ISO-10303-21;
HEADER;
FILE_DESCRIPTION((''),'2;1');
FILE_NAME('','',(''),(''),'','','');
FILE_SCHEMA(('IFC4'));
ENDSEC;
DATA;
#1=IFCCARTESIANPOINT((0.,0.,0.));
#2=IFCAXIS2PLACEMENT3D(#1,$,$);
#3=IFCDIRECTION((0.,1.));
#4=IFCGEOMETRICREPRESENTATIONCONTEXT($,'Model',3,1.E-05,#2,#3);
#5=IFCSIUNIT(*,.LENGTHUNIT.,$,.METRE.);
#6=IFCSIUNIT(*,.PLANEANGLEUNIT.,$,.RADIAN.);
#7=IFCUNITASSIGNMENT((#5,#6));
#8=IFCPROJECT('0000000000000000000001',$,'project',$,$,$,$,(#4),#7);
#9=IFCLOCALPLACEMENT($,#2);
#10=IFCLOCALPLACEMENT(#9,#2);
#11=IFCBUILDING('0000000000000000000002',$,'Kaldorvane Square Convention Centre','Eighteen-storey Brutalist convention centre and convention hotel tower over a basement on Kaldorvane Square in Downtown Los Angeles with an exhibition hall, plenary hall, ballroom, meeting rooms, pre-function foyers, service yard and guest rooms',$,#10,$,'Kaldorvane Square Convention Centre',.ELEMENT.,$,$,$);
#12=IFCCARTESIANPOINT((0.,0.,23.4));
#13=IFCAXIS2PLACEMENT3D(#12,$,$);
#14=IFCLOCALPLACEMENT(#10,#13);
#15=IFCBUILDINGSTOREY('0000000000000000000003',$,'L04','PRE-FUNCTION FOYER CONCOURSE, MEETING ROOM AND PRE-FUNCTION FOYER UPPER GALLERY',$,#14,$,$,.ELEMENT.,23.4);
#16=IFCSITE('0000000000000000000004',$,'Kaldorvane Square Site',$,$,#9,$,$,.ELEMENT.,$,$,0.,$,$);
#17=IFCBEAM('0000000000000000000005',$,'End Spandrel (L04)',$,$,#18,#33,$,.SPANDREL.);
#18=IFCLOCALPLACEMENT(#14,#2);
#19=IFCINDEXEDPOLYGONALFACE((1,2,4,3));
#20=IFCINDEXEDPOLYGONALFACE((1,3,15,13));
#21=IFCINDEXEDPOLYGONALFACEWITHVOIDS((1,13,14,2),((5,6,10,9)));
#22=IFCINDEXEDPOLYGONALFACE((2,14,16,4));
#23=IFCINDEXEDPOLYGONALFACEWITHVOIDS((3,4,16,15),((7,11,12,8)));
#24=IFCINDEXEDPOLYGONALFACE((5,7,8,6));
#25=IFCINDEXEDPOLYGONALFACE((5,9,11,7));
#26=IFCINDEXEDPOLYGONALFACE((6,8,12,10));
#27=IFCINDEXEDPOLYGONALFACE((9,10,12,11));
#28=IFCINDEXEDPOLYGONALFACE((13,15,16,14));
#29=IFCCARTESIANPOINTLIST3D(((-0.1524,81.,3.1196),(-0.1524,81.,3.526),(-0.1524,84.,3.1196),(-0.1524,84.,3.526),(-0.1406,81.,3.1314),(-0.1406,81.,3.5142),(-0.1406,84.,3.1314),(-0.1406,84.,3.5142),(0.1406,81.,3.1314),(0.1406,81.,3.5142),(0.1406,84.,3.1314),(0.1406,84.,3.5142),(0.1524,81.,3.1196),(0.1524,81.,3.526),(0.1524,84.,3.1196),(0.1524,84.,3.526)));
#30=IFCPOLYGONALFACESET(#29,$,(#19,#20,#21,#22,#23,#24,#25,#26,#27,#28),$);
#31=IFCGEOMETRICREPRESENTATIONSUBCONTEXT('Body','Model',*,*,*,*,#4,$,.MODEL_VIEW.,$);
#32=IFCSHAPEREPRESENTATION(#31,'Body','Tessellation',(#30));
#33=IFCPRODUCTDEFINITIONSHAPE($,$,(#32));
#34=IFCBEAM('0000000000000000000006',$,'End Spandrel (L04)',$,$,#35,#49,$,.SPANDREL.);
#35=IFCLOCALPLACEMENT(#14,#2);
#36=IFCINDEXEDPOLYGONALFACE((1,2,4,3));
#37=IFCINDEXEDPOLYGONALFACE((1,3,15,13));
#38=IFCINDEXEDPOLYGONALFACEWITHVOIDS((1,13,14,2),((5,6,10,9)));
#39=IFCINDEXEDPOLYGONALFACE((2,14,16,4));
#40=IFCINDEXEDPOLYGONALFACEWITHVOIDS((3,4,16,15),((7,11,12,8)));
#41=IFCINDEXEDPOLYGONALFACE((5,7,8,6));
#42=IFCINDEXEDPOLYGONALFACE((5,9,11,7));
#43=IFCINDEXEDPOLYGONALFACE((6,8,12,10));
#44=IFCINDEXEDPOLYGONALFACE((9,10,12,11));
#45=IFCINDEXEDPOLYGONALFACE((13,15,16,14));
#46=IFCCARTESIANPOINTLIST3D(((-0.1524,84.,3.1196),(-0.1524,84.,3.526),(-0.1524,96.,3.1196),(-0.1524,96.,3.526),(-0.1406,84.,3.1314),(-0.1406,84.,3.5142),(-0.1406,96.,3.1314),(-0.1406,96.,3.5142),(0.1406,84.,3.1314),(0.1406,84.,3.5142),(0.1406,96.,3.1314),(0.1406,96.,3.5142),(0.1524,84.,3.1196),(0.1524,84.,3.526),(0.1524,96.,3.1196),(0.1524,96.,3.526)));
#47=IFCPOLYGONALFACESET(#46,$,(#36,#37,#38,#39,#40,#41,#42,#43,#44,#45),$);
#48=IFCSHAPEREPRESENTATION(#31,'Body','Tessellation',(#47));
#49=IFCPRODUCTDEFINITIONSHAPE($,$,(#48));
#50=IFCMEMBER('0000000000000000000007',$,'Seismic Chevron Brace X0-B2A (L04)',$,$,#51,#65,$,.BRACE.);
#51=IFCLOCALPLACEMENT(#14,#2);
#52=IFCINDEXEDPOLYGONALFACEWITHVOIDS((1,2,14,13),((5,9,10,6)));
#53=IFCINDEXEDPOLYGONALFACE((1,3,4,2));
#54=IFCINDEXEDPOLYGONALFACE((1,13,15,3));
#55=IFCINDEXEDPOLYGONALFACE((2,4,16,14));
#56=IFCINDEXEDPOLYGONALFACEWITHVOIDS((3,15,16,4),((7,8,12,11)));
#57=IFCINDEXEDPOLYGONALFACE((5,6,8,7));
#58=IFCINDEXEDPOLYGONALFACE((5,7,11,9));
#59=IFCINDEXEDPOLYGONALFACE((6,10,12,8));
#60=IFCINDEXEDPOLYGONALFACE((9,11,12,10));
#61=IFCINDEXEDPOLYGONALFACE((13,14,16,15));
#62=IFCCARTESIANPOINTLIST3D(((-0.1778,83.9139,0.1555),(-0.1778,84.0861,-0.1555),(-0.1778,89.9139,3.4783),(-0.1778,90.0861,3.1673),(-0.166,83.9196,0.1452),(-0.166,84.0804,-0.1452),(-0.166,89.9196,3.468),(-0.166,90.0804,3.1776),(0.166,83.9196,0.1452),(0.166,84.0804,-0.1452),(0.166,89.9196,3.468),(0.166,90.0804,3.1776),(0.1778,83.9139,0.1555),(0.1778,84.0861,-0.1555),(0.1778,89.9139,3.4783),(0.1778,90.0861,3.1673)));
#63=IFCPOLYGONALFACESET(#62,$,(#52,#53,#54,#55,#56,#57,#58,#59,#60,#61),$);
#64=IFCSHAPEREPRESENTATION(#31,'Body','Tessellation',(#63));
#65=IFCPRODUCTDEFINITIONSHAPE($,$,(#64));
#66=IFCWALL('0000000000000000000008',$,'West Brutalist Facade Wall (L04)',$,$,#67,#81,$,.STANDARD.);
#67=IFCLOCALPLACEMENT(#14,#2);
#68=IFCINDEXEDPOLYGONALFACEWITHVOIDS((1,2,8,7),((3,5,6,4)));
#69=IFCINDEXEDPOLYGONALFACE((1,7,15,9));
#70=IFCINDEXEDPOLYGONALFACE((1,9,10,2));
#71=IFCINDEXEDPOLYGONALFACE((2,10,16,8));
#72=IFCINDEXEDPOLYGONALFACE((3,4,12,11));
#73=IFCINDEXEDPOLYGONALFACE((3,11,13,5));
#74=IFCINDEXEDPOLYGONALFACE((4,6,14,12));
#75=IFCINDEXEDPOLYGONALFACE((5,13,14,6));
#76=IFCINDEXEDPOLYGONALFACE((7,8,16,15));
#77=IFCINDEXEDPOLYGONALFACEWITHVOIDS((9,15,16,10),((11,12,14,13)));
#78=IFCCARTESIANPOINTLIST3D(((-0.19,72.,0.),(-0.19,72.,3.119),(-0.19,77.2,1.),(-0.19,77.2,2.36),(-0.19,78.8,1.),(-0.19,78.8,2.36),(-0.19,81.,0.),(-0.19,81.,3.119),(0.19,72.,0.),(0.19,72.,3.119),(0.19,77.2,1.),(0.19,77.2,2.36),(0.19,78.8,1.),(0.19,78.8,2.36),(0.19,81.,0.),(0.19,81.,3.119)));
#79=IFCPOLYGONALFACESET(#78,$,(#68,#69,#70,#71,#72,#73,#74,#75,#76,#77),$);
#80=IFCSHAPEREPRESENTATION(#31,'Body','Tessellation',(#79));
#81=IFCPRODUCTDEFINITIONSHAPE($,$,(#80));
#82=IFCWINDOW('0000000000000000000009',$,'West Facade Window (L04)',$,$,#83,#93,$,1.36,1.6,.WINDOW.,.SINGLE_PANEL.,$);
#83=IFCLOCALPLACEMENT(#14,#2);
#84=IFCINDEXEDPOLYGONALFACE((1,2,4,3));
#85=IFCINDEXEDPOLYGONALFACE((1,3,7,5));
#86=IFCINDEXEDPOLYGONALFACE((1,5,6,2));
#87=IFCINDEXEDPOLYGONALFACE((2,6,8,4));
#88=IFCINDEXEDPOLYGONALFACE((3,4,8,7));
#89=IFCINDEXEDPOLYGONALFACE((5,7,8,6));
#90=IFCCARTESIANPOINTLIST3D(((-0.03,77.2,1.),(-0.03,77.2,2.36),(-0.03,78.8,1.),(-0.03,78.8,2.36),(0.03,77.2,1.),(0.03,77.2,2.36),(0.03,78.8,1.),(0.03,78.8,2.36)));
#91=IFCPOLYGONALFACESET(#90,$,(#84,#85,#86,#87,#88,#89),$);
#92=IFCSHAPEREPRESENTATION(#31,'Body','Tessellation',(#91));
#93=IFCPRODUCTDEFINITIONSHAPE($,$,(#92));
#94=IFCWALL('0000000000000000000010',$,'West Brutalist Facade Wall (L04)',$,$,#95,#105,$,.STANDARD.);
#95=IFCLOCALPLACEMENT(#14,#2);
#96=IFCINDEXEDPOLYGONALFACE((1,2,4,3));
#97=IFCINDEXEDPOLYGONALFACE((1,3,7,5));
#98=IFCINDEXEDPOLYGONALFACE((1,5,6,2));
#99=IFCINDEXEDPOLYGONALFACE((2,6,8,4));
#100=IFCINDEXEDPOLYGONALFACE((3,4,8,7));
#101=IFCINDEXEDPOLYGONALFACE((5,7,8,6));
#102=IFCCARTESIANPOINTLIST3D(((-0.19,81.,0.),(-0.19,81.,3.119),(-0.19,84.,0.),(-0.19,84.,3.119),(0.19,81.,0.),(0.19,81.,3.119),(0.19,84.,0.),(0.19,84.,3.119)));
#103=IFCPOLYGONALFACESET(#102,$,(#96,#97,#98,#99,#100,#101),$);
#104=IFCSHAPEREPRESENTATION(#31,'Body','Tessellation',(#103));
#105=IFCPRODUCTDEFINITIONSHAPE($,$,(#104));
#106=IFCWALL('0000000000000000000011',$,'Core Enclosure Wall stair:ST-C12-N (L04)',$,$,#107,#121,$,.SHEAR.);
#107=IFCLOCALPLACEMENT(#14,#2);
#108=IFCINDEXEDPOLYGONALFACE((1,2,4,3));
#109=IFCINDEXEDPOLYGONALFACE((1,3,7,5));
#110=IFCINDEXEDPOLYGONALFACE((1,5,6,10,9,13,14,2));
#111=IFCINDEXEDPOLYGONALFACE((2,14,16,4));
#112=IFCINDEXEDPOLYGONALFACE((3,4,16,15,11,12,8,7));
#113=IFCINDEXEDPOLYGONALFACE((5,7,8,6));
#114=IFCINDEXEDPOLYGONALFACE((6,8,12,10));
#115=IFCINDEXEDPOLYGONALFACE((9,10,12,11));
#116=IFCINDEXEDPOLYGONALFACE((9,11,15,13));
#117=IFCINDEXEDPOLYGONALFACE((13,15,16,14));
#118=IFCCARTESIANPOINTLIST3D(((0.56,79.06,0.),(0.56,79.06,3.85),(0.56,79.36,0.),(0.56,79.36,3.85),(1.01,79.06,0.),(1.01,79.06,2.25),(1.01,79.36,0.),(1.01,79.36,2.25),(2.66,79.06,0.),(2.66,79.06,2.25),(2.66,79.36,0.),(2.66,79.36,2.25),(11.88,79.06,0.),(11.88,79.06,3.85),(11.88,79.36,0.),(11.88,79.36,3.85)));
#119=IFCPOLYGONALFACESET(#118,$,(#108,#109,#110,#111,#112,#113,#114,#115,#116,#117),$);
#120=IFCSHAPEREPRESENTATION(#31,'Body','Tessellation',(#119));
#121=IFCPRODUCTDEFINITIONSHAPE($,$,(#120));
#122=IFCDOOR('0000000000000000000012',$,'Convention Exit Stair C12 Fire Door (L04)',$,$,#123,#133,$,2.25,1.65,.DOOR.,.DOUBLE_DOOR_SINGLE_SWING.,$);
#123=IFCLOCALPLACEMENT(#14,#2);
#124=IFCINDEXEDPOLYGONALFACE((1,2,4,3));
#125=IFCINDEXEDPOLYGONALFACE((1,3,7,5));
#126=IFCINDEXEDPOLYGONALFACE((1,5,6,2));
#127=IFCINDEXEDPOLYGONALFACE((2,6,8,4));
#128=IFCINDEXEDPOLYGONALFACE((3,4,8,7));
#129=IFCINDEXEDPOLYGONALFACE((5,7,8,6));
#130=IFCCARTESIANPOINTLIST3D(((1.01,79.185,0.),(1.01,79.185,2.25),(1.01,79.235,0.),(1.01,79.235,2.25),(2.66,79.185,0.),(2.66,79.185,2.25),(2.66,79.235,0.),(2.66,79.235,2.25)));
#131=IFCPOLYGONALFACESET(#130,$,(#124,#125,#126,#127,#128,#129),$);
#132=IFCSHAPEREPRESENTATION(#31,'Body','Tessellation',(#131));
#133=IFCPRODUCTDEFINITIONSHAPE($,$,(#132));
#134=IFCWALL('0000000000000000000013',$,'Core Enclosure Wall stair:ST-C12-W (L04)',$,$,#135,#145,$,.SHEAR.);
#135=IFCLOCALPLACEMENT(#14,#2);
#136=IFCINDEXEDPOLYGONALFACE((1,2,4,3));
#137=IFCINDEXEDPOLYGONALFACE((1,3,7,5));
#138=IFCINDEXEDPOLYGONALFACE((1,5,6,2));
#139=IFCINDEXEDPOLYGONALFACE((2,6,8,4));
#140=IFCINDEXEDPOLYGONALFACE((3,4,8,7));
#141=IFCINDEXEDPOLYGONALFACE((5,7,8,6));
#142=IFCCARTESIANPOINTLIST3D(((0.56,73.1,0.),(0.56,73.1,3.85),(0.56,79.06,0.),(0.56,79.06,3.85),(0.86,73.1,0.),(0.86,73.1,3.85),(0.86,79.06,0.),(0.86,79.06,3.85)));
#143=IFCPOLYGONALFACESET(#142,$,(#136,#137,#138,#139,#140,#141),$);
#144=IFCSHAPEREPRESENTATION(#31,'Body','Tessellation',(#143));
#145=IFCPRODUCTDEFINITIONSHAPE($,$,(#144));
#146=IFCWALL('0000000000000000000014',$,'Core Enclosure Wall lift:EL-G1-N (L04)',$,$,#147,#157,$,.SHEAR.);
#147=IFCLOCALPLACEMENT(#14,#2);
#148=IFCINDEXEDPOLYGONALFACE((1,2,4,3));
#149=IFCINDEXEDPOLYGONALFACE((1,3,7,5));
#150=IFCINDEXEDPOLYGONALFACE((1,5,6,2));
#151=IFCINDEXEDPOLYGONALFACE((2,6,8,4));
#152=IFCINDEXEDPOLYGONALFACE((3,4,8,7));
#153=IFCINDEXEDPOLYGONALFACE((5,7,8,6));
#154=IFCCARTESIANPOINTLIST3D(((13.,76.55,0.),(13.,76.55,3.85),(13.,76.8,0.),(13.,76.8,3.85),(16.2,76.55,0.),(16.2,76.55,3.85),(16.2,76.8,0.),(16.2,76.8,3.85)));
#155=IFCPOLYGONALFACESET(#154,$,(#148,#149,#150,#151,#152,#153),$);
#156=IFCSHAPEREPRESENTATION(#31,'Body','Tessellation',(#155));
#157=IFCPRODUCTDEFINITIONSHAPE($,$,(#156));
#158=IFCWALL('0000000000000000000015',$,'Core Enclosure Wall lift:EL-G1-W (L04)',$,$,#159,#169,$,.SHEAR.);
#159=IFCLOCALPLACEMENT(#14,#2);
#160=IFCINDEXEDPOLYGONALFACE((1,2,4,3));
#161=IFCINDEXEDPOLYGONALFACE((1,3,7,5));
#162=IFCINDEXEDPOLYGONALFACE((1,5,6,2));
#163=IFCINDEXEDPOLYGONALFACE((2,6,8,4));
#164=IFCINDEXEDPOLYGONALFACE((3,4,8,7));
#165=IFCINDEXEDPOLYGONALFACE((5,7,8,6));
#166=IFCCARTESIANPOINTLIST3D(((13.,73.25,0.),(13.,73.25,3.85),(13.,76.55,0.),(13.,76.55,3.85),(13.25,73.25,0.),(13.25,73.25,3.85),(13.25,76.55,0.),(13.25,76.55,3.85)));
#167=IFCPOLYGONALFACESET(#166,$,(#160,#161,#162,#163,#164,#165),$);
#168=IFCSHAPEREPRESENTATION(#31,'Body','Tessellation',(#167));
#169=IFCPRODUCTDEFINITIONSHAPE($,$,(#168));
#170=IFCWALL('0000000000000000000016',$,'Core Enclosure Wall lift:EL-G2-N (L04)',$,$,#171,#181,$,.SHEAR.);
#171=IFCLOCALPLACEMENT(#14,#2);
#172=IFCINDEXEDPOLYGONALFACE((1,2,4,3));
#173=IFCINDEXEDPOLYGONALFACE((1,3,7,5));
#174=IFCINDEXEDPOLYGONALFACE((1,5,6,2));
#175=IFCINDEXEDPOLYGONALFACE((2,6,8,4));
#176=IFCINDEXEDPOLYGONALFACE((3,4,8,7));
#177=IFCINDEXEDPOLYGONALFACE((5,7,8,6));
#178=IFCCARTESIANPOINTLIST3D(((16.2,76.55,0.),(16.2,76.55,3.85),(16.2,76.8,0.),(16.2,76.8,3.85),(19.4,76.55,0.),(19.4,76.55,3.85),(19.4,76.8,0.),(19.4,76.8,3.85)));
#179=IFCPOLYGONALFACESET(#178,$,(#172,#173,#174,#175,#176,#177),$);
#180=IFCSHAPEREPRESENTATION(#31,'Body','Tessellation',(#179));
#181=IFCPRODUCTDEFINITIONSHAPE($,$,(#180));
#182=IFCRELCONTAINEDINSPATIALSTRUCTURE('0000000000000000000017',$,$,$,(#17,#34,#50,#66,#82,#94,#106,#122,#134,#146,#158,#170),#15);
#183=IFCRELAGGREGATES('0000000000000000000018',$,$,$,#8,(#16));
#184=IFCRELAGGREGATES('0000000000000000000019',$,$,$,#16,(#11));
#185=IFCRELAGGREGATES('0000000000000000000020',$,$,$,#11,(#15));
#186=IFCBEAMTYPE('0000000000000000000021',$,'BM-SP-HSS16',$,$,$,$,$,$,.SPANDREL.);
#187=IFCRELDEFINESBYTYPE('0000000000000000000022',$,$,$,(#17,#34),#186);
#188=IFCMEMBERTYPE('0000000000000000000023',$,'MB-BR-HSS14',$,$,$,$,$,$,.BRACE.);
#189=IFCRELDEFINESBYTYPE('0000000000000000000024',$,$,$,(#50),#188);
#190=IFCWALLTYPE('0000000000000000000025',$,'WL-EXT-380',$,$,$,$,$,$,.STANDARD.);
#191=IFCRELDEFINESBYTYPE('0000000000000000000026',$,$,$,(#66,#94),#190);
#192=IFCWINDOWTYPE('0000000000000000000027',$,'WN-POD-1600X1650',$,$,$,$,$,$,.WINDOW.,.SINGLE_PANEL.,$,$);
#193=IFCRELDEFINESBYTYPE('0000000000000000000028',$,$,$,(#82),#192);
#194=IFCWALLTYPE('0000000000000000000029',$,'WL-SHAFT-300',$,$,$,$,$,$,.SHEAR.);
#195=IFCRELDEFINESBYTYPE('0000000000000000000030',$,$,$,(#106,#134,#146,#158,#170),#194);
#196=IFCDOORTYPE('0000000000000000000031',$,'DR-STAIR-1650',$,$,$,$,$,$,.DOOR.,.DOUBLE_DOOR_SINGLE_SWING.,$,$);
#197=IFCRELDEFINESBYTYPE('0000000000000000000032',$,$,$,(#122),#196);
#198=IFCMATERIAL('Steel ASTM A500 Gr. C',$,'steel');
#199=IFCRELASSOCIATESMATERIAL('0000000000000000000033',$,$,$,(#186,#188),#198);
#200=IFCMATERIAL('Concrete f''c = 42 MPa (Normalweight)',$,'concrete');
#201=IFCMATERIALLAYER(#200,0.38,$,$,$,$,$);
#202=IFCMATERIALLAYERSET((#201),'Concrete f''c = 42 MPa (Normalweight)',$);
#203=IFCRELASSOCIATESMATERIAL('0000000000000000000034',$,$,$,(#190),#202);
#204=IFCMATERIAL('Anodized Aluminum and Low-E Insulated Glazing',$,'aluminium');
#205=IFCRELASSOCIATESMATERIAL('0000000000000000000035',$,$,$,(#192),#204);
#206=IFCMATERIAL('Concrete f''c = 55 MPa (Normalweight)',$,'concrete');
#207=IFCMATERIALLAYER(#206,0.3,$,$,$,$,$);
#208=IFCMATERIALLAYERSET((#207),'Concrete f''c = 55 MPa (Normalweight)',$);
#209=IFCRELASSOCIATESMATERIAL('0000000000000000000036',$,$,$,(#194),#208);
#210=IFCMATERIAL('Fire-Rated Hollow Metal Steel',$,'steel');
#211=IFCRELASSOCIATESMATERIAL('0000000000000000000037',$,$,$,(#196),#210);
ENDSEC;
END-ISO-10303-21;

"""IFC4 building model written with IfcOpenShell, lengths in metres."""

from ifc_helpers import new_model, si_unit, direction, frame, frame_2d, origin, origin_2d, place, context, subcontext, project, spatial, rectangle, hollow_rectangle, extrude, material, layer, layer_set, material_profile, profile_set, type_object, element, fill, save


model = new_model("IFC4")

# Units and contexts
model_context = context("Model", 3, precision=1e-05, world=origin(), true_north=direction((0.0, 1.0)))
body_context = subcontext(model_context, "Body", "Model", "MODEL_VIEW")
ifc_project = project(units=[si_unit("LENGTHUNIT", "METRE"), si_unit("PLANEANGLEUNIT", "RADIAN")], contexts=[model_context])

# Site, building, storey
site_placement = place(None, origin())
site = spatial("IfcSite", under=ifc_project, at=site_placement, Name="Kaldorvane Square Site", CompositionType="ELEMENT", RefElevation=0.0)
building_placement = place(site_placement, origin())
building = spatial("IfcBuilding", under=site, at=building_placement, Name="Kaldorvane Square Convention Centre", Description="Eighteen-storey Brutalist convention centre and convention hotel tower over a basement on Kaldorvane Square in Downtown Los Angeles with an exhibition hall, plenary hall, ballroom, meeting rooms, pre-function foyers, service yard and guest rooms", LongName="Kaldorvane Square Convention Centre", CompositionType="ELEMENT")
storey_placement = place(building_placement, frame((0.0, 0.0, 23.4)))
storey = spatial("IfcBuildingStorey", under=building, at=storey_placement, Name="L04", Description="PRE-FUNCTION FOYER CONCOURSE, MEETING ROOM AND PRE-FUNCTION FOYER UPPER GALLERY", CompositionType="ELEMENT", Elevation=23.4)

# Beams
ifc_material_1 = material(Name="Steel ASTM A500 Gr. C", Category="steel")
ifc_material_profile_1 = material_profile(ifc_material_1, hollow_rectangle(XDim=0.3048, YDim=0.4064, WallThickness=0.0118, at=origin_2d()), Name="HSS16X12X1/2")
ifc_profile_set_1 = profile_set([ifc_material_profile_1], Name="Steel ASTM A500 Gr. C")
beam_type_1 = type_object("IfcBeamType", Name="BM-SP-HSS16", PredefinedType="SPANDREL", material=ifc_profile_set_1)
beam_1_placement = place(storey_placement, frame((0.0, 81.0, 3.3228), z_axis=(0.0, 1.0, 0.0), x_axis=(-1.0, 0.0, 0.0)))
element("IfcBeam", 1, at=beam_1_placement, inside=storey, type_object=beam_type_1, Name="End Spandrel (L04)", PredefinedType="SPANDREL", context=body_context, shape_type="SweptSolid", body=[
    extrude(hollow_rectangle(XDim=0.3048, YDim=0.4064, WallThickness=0.0118, at=origin_2d()), origin(), (0.0, 0.0, 1.0), 3.0),
])
beam_2_placement = place(storey_placement, frame((0.0, 84.0, 3.3228), z_axis=(0.0, 1.0, 0.0), x_axis=(-1.0, 0.0, 0.0)))
element("IfcBeam", 2, at=beam_2_placement, inside=storey, type_object=beam_type_1, Name="End Spandrel (L04)", PredefinedType="SPANDREL", context=body_context, shape_type="SweptSolid", body=[
    extrude(hollow_rectangle(XDim=0.3048, YDim=0.4064, WallThickness=0.0118, at=origin_2d()), origin(), (0.0, 0.0, 1.0), 12.0),
])

# Member
ifc_material_profile_2 = material_profile(ifc_material_1, hollow_rectangle(XDim=0.3556, YDim=0.3556, WallThickness=0.0118, at=origin_2d()), Name="HSS14X14X1/2")
ifc_profile_set_2 = profile_set([ifc_material_profile_2], Name="Steel ASTM A500 Gr. C")
member_type = type_object("IfcMemberType", Name="MB-BR-HSS14", PredefinedType="BRACE", material=ifc_profile_set_2)
member_placement = place(storey_placement, frame((0.0, 84.0, 0.0), z_axis=(0.0, 0.874808, 0.484469), x_axis=(-1.0, 0.0, 0.0)))
element("IfcMember", 3, at=member_placement, inside=storey, type_object=member_type, Name="Seismic Chevron Brace X0-B2A (L04)", PredefinedType="BRACE", context=body_context, shape_type="SweptSolid", body=[
    extrude(hollow_rectangle(XDim=0.3556, YDim=0.3556, WallThickness=0.0118, at=origin_2d()), origin(), (0.0, 0.0, 1.0), 6.8586),
])

# Wall, opening, window
ifc_material_2 = material(Name="Concrete f'c = 42 MPa (Normalweight)", Category="concrete")
ifc_layer_1 = layer(ifc_material_2, 0.38)
ifc_layer_set_1 = layer_set([ifc_layer_1], Name="Concrete f'c = 42 MPa (Normalweight)")
wall_type_1 = type_object("IfcWallType", Name="WL-EXT-380", PredefinedType="STANDARD", material=ifc_layer_set_1)
wall_1_placement = place(storey_placement, frame((0.0, 81.0, 0.0), z_axis=(0.0, 0.0, 1.0), x_axis=(0.0, -1.0, 0.0)))
wall_1 = element("IfcWall", 4, at=wall_1_placement, inside=storey, type_object=wall_type_1, Name="West Brutalist Facade Wall (L04)", PredefinedType="STANDARD", context=body_context, shape_type="SweptSolid", body=[
    extrude(rectangle(XDim=9.0, YDim=0.38, at=frame_2d((4.5, 0.0))), origin(), (0.0, 0.0, 1.0), 3.119),
])
opening_1_placement = place(wall_1_placement, frame((2.2, 0.0, 1.0)))
opening_1 = element("IfcOpeningElement", 5, at=opening_1_placement, cuts=wall_1, PredefinedType="OPENING", context=body_context, shape_type="SweptSolid", body=[
    extrude(rectangle(XDim=1.6, YDim=1.36, at=frame_2d((0.8, 0.68))), frame((0.0, 0.205, 0.0), z_axis=(0.0, -1.0, 0.0), x_axis=(1.0, 0.0, 0.0)), (0.0, 0.0, 1.0), 0.41),
])
ifc_material_3 = material(Name="Anodized Aluminum and Low-E Insulated Glazing", Category="aluminium")
window_type = type_object("IfcWindowType", Name="WN-POD-1600X1650", PartitioningType="SINGLE_PANEL", PredefinedType="WINDOW", material=ifc_material_3)
window_placement = place(opening_1_placement, origin())
window = element("IfcWindow", 6, at=window_placement, inside=storey, type_object=window_type, Name="West Facade Window (L04)", OverallHeight=1.36, OverallWidth=1.6, PartitioningType="SINGLE_PANEL", PredefinedType="WINDOW", context=body_context, shape_type="SweptSolid", body=[
    extrude(rectangle(XDim=1.6, YDim=1.36, at=frame_2d((0.8, 0.68))), frame((0.0, 0.03, 0.0), z_axis=(0.0, -1.0, 0.0), x_axis=(1.0, 0.0, 0.0)), (0.0, 0.0, 1.0), 0.06),
])
fill(opening_1, window)

# Wall
wall_2_placement = place(storey_placement, frame((0.0, 84.0, 0.0), z_axis=(0.0, 0.0, 1.0), x_axis=(0.0, -1.0, 0.0)))
element("IfcWall", 7, at=wall_2_placement, inside=storey, type_object=wall_type_1, Name="West Brutalist Facade Wall (L04)", PredefinedType="STANDARD", context=body_context, shape_type="SweptSolid", body=[
    extrude(rectangle(XDim=3.0, YDim=0.38, at=frame_2d((1.5, 0.0))), origin(), (0.0, 0.0, 1.0), 3.119),
])

# Wall, opening, door
ifc_material_4 = material(Name="Concrete f'c = 55 MPa (Normalweight)", Category="concrete")
ifc_layer_2 = layer(ifc_material_4, 0.3)
ifc_layer_set_2 = layer_set([ifc_layer_2], Name="Concrete f'c = 55 MPa (Normalweight)")
wall_type_2 = type_object("IfcWallType", Name="WL-SHAFT-300", PredefinedType="SHEAR", material=ifc_layer_set_2)
wall_3_placement = place(storey_placement, frame((11.88, 79.21, 0.0), z_axis=(0.0, 0.0, 1.0), x_axis=(-1.0, 0.0, 0.0)))
wall_3 = element("IfcWall", 8, at=wall_3_placement, inside=storey, type_object=wall_type_2, Name="Core Enclosure Wall stair:ST-C12-N (L04)", PredefinedType="SHEAR", context=body_context, shape_type="SweptSolid", body=[
    extrude(rectangle(XDim=11.32, YDim=0.3, at=frame_2d((5.66, 0.0))), origin(), (0.0, 0.0, 1.0), 3.85),
])
opening_2_placement = place(wall_3_placement, frame((9.22, 0.0, 0.0)))
opening_2 = element("IfcOpeningElement", 9, at=opening_2_placement, cuts=wall_3, PredefinedType="OPENING", context=body_context, shape_type="SweptSolid", body=[
    extrude(rectangle(XDim=1.65, YDim=2.25, at=frame_2d((0.825, 1.125))), frame((0.0, 0.165, 0.0), z_axis=(0.0, -1.0, 0.0), x_axis=(1.0, 0.0, 0.0)), (0.0, 0.0, 1.0), 0.33),
])
ifc_material_5 = material(Name="Fire-Rated Hollow Metal Steel", Category="steel")
door_type = type_object("IfcDoorType", Name="DR-STAIR-1650", OperationType="DOUBLE_DOOR_SINGLE_SWING", PredefinedType="DOOR", material=ifc_material_5)
door_placement = place(opening_2_placement, origin())
door = element("IfcDoor", 10, at=door_placement, inside=storey, type_object=door_type, Name="Convention Exit Stair C12 Fire Door (L04)", OperationType="DOUBLE_DOOR_SINGLE_SWING", OverallHeight=2.25, OverallWidth=1.65, PredefinedType="DOOR", context=body_context, shape_type="SweptSolid", body=[
    extrude(rectangle(XDim=1.65, YDim=2.25, at=frame_2d((0.825, 1.125))), frame((0.0, 0.025, 0.0), z_axis=(0.0, -1.0, 0.0), x_axis=(1.0, 0.0, 0.0)), (0.0, 0.0, 1.0), 0.05),
])
fill(opening_2, door)

# Walls
wall_4_placement = place(storey_placement, frame((0.71, 79.06, 0.0), z_axis=(0.0, 0.0, 1.0), x_axis=(0.0, -1.0, 0.0)))
element("IfcWall", 11, at=wall_4_placement, inside=storey, type_object=wall_type_2, Name="Core Enclosure Wall stair:ST-C12-W (L04)", PredefinedType="SHEAR", context=body_context, shape_type="SweptSolid", body=[
    extrude(rectangle(XDim=5.96, YDim=0.3, at=frame_2d((2.98, 0.0))), origin(), (0.0, 0.0, 1.0), 3.85),
])
wall_5_placement = place(storey_placement, frame((16.2, 76.675, 0.0), z_axis=(0.0, 0.0, 1.0), x_axis=(-1.0, 0.0, 0.0)))
element("IfcWall", 12, at=wall_5_placement, inside=storey, type_object=wall_type_2, Name="Core Enclosure Wall lift:EL-G1-N (L04)", PredefinedType="SHEAR", context=body_context, shape_type="SweptSolid", body=[
    extrude(rectangle(XDim=3.2, YDim=0.25, at=frame_2d((1.6, 0.0))), origin(), (0.0, 0.0, 1.0), 3.85),
])
wall_6_placement = place(storey_placement, frame((13.125, 76.55, 0.0), z_axis=(0.0, 0.0, 1.0), x_axis=(0.0, -1.0, 0.0)))
element("IfcWall", 13, at=wall_6_placement, inside=storey, type_object=wall_type_2, Name="Core Enclosure Wall lift:EL-G1-W (L04)", PredefinedType="SHEAR", context=body_context, shape_type="SweptSolid", body=[
    extrude(rectangle(XDim=3.3, YDim=0.25, at=frame_2d((1.65, 0.0))), origin(), (0.0, 0.0, 1.0), 3.85),
])
wall_7_placement = place(storey_placement, frame((19.4, 76.675, 0.0), z_axis=(0.0, 0.0, 1.0), x_axis=(-1.0, 0.0, 0.0)))
element("IfcWall", 14, at=wall_7_placement, inside=storey, type_object=wall_type_2, Name="Core Enclosure Wall lift:EL-G2-N (L04)", PredefinedType="SHEAR", context=body_context, shape_type="SweptSolid", body=[
    extrude(rectangle(XDim=3.2, YDim=0.25, at=frame_2d((1.6, 0.0))), origin(), (0.0, 0.0, 1.0), 3.85),
])

save(model, "model.ifc")
